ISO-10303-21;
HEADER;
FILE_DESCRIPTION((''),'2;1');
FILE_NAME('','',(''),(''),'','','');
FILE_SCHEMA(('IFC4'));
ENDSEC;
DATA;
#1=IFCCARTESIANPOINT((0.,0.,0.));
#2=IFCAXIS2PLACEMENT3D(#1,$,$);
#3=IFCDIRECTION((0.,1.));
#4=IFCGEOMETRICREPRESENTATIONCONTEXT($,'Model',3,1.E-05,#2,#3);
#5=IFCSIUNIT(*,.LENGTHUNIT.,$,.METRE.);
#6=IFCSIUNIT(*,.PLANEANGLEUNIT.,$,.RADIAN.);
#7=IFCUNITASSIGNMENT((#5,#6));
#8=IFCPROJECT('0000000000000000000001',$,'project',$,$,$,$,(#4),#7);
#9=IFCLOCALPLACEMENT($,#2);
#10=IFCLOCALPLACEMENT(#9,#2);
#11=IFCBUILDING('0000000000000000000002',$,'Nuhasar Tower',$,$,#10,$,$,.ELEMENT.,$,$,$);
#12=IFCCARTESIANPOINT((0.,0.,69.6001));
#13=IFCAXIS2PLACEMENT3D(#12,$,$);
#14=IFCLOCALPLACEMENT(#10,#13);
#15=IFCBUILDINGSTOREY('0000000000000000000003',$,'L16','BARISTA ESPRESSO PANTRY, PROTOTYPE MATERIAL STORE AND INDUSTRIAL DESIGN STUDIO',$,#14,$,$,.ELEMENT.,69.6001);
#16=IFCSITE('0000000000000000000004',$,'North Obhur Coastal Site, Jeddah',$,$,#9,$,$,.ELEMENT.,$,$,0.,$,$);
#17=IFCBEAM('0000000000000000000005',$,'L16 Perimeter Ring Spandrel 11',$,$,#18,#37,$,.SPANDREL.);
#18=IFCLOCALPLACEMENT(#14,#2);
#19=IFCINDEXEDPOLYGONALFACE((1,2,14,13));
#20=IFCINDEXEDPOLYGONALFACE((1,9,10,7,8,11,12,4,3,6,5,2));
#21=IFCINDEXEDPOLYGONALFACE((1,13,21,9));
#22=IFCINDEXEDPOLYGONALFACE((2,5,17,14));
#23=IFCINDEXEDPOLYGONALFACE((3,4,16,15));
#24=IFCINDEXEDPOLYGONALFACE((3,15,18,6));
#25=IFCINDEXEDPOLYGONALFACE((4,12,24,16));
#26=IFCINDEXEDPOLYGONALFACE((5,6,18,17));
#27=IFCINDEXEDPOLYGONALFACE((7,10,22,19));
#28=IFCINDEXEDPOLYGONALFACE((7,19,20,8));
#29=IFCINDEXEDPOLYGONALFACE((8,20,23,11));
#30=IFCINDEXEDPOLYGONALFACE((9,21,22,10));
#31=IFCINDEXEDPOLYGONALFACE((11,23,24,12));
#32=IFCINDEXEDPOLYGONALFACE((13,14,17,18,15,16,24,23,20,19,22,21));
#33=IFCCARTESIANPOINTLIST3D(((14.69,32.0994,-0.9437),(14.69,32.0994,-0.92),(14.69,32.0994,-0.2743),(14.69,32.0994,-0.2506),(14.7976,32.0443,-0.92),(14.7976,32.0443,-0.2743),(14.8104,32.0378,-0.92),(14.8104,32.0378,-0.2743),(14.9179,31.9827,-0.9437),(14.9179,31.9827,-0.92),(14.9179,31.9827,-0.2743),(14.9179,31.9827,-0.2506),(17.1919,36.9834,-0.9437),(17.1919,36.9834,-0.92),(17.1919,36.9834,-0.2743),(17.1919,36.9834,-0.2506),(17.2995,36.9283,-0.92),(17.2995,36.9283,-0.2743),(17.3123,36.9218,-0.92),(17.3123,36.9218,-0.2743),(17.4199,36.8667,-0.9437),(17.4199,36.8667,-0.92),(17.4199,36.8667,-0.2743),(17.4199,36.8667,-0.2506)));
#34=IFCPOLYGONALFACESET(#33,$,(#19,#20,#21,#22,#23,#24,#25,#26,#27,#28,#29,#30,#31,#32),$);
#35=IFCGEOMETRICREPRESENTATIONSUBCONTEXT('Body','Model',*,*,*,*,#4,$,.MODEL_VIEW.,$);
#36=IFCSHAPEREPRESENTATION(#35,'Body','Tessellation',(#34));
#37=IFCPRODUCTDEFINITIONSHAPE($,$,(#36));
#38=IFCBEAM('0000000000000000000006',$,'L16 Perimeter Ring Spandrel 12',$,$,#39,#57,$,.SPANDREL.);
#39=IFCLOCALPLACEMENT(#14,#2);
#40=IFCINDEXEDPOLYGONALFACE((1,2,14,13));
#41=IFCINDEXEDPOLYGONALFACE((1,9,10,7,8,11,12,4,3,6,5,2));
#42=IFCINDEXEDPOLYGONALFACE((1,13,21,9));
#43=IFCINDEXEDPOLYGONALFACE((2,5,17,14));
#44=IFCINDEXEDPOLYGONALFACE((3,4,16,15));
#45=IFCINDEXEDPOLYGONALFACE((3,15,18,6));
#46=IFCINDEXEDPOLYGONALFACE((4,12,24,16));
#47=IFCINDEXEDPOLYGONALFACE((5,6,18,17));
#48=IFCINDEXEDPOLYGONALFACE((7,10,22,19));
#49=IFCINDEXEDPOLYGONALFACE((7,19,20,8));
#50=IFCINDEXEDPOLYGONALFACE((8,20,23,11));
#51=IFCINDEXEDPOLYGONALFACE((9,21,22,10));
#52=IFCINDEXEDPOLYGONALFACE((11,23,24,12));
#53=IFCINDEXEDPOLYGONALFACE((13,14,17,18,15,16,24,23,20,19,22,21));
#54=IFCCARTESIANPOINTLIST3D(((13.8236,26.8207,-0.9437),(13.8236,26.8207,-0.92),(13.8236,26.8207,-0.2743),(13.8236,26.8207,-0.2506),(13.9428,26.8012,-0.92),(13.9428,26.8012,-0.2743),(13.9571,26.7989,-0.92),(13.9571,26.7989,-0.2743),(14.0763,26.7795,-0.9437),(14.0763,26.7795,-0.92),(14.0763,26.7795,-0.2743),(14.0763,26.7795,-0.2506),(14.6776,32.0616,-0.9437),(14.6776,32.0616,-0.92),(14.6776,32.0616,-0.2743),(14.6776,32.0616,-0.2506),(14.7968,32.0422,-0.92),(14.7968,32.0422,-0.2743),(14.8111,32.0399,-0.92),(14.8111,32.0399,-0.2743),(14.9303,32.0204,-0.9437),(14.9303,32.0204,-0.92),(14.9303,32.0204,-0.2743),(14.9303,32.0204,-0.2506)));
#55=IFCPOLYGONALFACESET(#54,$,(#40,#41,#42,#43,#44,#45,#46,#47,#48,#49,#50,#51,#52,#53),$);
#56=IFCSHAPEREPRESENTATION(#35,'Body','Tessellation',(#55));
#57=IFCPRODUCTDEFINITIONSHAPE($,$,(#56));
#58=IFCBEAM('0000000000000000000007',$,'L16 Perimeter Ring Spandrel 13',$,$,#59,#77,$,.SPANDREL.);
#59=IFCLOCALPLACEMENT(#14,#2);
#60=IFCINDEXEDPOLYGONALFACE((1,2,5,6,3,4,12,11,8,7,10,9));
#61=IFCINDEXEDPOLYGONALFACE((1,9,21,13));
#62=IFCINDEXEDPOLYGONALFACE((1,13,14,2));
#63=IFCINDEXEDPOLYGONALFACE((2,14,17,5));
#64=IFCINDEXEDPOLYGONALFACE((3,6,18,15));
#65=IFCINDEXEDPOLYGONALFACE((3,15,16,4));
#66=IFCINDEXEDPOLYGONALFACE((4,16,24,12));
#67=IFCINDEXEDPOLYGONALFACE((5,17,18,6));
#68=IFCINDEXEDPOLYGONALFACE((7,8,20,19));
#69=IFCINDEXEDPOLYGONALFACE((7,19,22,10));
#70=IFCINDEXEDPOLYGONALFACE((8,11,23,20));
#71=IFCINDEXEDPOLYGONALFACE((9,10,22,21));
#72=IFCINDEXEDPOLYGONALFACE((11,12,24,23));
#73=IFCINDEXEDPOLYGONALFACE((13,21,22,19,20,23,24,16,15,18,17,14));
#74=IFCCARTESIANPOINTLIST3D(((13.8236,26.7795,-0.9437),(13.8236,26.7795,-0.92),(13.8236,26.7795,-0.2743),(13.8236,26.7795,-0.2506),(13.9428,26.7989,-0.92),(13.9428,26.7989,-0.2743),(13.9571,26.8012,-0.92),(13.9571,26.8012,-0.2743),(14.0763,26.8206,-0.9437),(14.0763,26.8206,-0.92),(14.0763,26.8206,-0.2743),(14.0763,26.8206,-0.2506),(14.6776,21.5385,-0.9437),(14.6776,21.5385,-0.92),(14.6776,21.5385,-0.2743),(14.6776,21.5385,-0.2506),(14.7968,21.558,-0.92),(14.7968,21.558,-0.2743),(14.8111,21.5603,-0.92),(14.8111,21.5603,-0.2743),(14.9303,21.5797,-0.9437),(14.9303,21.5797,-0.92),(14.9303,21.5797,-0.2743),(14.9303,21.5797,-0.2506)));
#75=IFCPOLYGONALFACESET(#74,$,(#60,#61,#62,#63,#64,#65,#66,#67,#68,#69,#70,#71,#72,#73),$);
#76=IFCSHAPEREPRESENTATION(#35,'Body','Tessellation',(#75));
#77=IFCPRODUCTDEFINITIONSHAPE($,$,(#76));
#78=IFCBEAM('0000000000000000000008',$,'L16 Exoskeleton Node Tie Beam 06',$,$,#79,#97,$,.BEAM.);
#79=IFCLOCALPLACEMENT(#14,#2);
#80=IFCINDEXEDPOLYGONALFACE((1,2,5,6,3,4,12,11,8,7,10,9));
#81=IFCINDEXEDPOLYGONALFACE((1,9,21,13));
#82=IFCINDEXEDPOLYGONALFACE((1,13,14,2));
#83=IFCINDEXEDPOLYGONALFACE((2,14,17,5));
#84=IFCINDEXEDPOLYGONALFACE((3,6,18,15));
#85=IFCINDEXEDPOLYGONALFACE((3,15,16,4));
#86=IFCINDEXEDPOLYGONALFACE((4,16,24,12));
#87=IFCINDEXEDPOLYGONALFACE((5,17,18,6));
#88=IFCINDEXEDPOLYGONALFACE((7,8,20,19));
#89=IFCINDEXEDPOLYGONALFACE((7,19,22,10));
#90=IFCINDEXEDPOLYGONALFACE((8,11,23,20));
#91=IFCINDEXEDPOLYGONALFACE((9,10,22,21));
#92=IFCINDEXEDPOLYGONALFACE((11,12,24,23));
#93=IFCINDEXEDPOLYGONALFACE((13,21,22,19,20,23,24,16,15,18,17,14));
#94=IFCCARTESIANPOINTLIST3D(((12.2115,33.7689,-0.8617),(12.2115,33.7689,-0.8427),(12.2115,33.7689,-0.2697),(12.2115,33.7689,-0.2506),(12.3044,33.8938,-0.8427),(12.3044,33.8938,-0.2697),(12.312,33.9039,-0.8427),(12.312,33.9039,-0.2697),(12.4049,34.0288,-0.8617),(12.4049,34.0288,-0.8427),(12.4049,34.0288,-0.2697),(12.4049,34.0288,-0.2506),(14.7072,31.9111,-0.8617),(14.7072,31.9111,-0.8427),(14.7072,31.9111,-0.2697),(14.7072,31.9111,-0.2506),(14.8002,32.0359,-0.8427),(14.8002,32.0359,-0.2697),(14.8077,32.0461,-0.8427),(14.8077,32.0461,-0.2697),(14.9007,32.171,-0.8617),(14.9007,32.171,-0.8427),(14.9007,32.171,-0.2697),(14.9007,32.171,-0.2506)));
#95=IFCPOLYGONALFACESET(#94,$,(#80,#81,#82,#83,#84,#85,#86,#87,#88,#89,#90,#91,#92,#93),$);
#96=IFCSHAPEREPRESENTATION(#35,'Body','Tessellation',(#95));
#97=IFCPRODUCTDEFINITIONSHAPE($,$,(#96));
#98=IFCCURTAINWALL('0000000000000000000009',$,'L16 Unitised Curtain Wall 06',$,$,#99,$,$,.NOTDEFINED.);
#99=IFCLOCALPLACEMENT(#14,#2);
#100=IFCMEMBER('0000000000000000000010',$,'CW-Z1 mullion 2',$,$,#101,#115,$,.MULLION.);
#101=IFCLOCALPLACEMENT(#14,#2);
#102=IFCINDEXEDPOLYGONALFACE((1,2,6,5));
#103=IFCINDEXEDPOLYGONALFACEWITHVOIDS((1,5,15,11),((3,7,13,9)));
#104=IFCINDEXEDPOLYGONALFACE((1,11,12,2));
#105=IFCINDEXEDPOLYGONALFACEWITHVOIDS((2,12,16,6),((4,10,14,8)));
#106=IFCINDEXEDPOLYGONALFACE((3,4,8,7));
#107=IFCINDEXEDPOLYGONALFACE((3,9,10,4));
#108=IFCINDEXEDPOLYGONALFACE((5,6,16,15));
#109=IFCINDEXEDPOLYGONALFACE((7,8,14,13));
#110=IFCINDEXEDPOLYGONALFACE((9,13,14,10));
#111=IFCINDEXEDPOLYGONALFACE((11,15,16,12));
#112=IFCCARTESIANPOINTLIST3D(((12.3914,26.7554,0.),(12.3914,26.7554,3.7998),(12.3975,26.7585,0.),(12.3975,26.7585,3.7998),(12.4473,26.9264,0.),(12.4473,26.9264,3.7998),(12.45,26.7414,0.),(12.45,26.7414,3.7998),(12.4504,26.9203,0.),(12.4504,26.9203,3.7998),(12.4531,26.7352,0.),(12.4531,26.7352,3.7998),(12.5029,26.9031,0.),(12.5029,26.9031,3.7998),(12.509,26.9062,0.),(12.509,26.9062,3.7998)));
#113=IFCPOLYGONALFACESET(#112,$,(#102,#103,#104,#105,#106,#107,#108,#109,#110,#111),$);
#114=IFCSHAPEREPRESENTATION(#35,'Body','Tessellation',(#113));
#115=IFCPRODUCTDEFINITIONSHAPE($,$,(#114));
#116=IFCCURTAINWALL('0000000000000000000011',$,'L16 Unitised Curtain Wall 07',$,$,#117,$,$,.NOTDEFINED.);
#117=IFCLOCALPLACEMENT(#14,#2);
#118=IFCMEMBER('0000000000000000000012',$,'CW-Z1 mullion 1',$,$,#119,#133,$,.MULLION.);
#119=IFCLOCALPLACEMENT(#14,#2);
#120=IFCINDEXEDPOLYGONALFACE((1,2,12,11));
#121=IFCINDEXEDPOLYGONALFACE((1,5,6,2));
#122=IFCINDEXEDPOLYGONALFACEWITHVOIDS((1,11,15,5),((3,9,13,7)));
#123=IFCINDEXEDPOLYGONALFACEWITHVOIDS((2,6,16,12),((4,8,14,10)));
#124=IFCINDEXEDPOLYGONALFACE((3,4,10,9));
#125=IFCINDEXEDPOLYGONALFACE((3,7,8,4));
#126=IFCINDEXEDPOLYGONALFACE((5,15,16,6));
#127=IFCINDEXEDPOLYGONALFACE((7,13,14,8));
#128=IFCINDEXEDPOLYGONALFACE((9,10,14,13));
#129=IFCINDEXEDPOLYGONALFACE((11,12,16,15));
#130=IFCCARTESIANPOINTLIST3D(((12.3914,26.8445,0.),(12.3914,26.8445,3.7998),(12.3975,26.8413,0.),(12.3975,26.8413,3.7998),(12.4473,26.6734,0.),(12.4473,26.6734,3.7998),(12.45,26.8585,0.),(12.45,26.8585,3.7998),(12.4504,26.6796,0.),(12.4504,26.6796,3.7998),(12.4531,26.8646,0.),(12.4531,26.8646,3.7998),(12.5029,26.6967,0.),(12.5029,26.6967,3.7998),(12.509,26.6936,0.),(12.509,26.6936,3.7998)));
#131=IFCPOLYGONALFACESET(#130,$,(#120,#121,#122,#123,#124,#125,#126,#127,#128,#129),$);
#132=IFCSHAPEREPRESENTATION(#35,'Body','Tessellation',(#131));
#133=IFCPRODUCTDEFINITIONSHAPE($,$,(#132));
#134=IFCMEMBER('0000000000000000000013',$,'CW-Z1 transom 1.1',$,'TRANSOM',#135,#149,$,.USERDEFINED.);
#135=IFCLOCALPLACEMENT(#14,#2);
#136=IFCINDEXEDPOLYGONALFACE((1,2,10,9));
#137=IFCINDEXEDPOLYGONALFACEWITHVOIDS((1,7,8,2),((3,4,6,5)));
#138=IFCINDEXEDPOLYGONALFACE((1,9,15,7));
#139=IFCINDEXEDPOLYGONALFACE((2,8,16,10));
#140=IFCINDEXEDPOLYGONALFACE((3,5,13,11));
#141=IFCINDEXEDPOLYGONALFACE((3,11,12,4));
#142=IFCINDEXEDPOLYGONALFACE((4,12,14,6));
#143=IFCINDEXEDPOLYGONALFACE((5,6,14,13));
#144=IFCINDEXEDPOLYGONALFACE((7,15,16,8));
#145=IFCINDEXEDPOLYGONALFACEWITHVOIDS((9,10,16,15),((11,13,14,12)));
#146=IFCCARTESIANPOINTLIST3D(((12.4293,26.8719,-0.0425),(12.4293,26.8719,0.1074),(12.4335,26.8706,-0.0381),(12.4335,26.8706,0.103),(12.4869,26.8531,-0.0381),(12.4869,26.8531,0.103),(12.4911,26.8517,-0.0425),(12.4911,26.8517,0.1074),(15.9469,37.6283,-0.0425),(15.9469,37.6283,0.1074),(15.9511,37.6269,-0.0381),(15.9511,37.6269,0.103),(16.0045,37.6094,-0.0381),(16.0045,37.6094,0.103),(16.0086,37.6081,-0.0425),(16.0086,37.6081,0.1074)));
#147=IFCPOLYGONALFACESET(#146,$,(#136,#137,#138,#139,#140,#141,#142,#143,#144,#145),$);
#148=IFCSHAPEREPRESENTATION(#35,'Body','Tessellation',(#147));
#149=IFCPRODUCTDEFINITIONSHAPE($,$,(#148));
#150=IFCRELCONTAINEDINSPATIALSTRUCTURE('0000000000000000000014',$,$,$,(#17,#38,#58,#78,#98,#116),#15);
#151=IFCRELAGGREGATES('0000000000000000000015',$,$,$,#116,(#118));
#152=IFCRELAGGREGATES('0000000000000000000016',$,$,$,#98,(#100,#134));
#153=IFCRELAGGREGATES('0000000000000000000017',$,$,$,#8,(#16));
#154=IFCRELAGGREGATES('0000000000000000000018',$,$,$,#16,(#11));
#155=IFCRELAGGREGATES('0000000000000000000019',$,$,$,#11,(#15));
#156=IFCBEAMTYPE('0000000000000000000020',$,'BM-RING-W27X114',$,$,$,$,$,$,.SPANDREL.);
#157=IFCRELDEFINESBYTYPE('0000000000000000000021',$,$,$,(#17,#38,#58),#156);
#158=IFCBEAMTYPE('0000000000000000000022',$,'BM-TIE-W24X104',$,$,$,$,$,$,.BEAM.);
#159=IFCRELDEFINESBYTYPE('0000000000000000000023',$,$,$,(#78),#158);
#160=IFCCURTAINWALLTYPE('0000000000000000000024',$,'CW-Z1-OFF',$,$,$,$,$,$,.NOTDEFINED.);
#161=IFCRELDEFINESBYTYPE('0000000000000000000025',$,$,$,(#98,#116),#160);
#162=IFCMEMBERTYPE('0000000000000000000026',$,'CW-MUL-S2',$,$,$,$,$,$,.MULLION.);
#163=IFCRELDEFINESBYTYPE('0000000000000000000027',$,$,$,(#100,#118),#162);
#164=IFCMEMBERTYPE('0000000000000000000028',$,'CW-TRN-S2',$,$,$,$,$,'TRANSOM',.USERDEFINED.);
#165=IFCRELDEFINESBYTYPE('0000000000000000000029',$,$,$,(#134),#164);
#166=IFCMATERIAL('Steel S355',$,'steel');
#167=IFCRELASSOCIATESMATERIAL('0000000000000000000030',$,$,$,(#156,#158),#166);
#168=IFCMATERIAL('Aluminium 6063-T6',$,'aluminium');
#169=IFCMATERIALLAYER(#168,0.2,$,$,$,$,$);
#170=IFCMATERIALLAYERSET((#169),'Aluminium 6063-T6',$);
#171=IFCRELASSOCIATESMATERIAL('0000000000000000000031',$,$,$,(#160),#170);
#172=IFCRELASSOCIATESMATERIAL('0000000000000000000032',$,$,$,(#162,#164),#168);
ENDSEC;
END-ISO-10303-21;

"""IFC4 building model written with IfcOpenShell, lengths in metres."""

from ifc_helpers import new_model, si_unit, direction, frame, origin, origin_2d, place, context, subcontext, project, spatial, hollow_rectangle, i_section, extrude, material, layer, layer_set, material_profile, profile_set, type_object, element, aggregate, save


model = new_model("IFC4")

# Units and contexts
model_context = context("Model", 3, precision=1e-05, world=origin(), true_north=direction((0.0, 1.0)))
body_context = subcontext(model_context, "Body", "Model", "MODEL_VIEW")
ifc_project = project(units=[si_unit("LENGTHUNIT", "METRE"), si_unit("PLANEANGLEUNIT", "RADIAN")], contexts=[model_context])

# Site, building, storey
site_placement = place(None, origin())
site = spatial("IfcSite", under=ifc_project, at=site_placement, Name="North Obhur Coastal Site, Jeddah", CompositionType="ELEMENT", RefElevation=0.0)
building_placement = place(site_placement, origin())
building = spatial("IfcBuilding", under=site, at=building_placement, Name="Nuhasar Tower", CompositionType="ELEMENT")
storey_placement = place(building_placement, frame((0.0, 0.0, 69.6001)))
storey = spatial("IfcBuildingStorey", under=building, at=storey_placement, Name="L16", Description="BARISTA ESPRESSO PANTRY, PROTOTYPE MATERIAL STORE AND INDUSTRIAL DESIGN STUDIO", CompositionType="ELEMENT", Elevation=69.6001)

# Beams
ifc_material_1 = material(Name="Steel S355", Category="steel")
ifc_material_profile_1 = material_profile(ifc_material_1, i_section(OverallWidth=0.2561, OverallDepth=0.6931, WebThickness=0.0144, FlangeThickness=0.0237, at=origin_2d()), Name="W27X114")
ifc_profile_set_1 = profile_set([ifc_material_profile_1], Name="Steel S355")
beam_type_1 = type_object("IfcBeamType", Name="BM-RING-W27X114", PredefinedType="SPANDREL", material=ifc_profile_set_1)
beam_1_placement = place(storey_placement, frame((17.3059, 36.925, -0.5972), z_axis=(-0.45593, -0.890016, 0.0), x_axis=(0.890016, -0.45593, 0.0)))
element("IfcBeam", 1, at=beam_1_placement, inside=storey, type_object=beam_type_1, Name="L16 Perimeter Ring Spandrel 11", PredefinedType="SPANDREL", context=body_context, shape_type="SweptSolid", body=[
    extrude(i_section(OverallWidth=0.2561, OverallDepth=0.6931, WebThickness=0.0144, FlangeThickness=0.0237, at=origin_2d()), origin(), (0.0, 0.0, 1.0), 5.4875),
])
for number, where, z_axis, x_axis, name in (
    (2, (14.804, 32.041, -0.5972), (-0.160827, -0.986983, 0.0), (0.986983, -0.160827, 0.0), "L16 Perimeter Ring Spandrel 12"),
    (3, (13.95, 26.8, -0.5972), (0.160827, -0.986983, 0.0), (0.986983, 0.160827, 0.0), "L16 Perimeter Ring Spandrel 13"),
):
    element("IfcBeam", number, at=place(storey_placement, frame(where, z_axis=z_axis, x_axis=x_axis)), inside=storey, type_object=beam_type_1, Name=name, PredefinedType="SPANDREL", context=body_context, shape_type="SweptSolid", body=[
        extrude(i_section(OverallWidth=0.2561, OverallDepth=0.6931, WebThickness=0.0144, FlangeThickness=0.0237, at=origin_2d()), origin(), (0.0, 0.0, 1.0), 5.3101),
    ])
ifc_material_profile_2 = material_profile(ifc_material_1, i_section(OverallWidth=0.324, OverallDepth=0.6111, WebThickness=0.0127, FlangeThickness=0.019, at=origin_2d()), Name="W24X104")
ifc_profile_set_2 = profile_set([ifc_material_profile_2], Name="Steel S355")
beam_type_2 = type_object("IfcBeamType", Name="BM-TIE-W24X104", PredefinedType="BEAM", material=ifc_profile_set_2)
beam_2_placement = place(storey_placement, frame((14.804, 32.041, -0.5562), z_axis=(-0.802151, 0.597121, 0.0), x_axis=(-0.597121, -0.802151, 0.0)))
element("IfcBeam", 4, at=beam_2_placement, inside=storey, type_object=beam_type_2, Name="L16 Exoskeleton Node Tie Beam 06", PredefinedType="BEAM", context=body_context, shape_type="SweptSolid", body=[
    extrude(i_section(OverallWidth=0.324, OverallDepth=0.6111, WebThickness=0.0127, FlangeThickness=0.019, at=origin_2d()), origin(), (0.0, 0.0, 1.0), 3.1113),
])

# Curtain walls, members
ifc_material_2 = material(Name="Aluminium 6063-T6", Category="aluminium")
ifc_layer_1 = layer(ifc_material_2, 0.2)
ifc_layer_set_1 = layer_set([ifc_layer_1], Name="Aluminium 6063-T6")
curtain_wall_type = type_object("IfcCurtainWallType", Name="CW-Z1-OFF", PredefinedType="NOTDEFINED", material=ifc_layer_set_1)
curtain_wall_1_placement = place(storey_placement, origin())
curtain_wall_1 = element("IfcCurtainWall", 5, at=curtain_wall_1_placement, inside=storey, type_object=curtain_wall_type, Name="L16 Unitised Curtain Wall 06", PredefinedType="NOTDEFINED")
ifc_material_profile_3 = material_profile(ifc_material_2, hollow_rectangle(XDim=0.0649, YDim=0.1799, WallThickness=0.0049, at=origin_2d()), Name="CWM-2")
ifc_profile_set_3 = profile_set([ifc_material_profile_3], Name="Aluminium 6063-T6")
member_type_1 = type_object("IfcMemberType", Name="CW-MUL-S2", PredefinedType="MULLION", material=ifc_profile_set_3)
member_1_placement = place(storey_placement, frame((12.4502, 26.8308, 0.0), z_axis=(0.0, 0.0, 1.0), x_axis=(0.950468, -0.310824, 0.0)))
member_1 = element("IfcMember", 6, at=member_1_placement, type_object=member_type_1, Name="CW-Z1 mullion 2", PredefinedType="MULLION", context=body_context, shape_type="SweptSolid", body=[
    extrude(hollow_rectangle(XDim=0.0649, YDim=0.1799, WallThickness=0.0049, at=origin_2d()), origin(), (0.0, 0.0, 1.0), 3.7998),
])
curtain_wall_2_placement = place(storey_placement, origin())
curtain_wall_2 = element("IfcCurtainWall", 7, at=curtain_wall_2_placement, inside=storey, type_object=curtain_wall_type, Name="L16 Unitised Curtain Wall 07", PredefinedType="NOTDEFINED")
member_2_placement = place(storey_placement, frame((12.4502, 26.769, 0.0), z_axis=(0.0, 0.0, 1.0), x_axis=(0.950468, 0.310824, 0.0)))
member_2 = element("IfcMember", 8, at=member_2_placement, type_object=member_type_1, Name="CW-Z1 mullion 1", PredefinedType="MULLION", context=body_context, shape_type="SweptSolid", body=[
    extrude(hollow_rectangle(XDim=0.0649, YDim=0.1799, WallThickness=0.0049, at=origin_2d()), origin(), (0.0, 0.0, 1.0), 3.7998),
])
aggregate(curtain_wall_2, [member_2])

# Member
ifc_material_profile_4 = material_profile(ifc_material_2, hollow_rectangle(XDim=0.0649, YDim=0.1499, WallThickness=0.0044, at=origin_2d()), Name="CWT-2")
ifc_profile_set_4 = profile_set([ifc_material_profile_4], Name="Aluminium 6063-T6")
member_type_2 = type_object("IfcMemberType", Name="CW-TRN-S2", ElementType="TRANSOM", PredefinedType="USERDEFINED", material=ifc_profile_set_4)
member_3_placement = place(storey_placement, frame((15.9778, 37.6182, 0.0325), z_axis=(-0.310825, -0.950467, 0.0), x_axis=(0.950467, -0.310825, 0.0)))
member_3 = element("IfcMember", 9, at=member_3_placement, type_object=member_type_2, Name="CW-Z1 transom 1.1", ObjectType="TRANSOM", PredefinedType="USERDEFINED", context=body_context, shape_type="SweptSolid", body=[
    extrude(hollow_rectangle(XDim=0.0649, YDim=0.1499, WallThickness=0.0044, at=origin_2d()), origin(), (0.0, 0.0, 1.0), 11.3169),
])

aggregate(curtain_wall_1, [member_1, member_3])

save(model, "model.ifc")
